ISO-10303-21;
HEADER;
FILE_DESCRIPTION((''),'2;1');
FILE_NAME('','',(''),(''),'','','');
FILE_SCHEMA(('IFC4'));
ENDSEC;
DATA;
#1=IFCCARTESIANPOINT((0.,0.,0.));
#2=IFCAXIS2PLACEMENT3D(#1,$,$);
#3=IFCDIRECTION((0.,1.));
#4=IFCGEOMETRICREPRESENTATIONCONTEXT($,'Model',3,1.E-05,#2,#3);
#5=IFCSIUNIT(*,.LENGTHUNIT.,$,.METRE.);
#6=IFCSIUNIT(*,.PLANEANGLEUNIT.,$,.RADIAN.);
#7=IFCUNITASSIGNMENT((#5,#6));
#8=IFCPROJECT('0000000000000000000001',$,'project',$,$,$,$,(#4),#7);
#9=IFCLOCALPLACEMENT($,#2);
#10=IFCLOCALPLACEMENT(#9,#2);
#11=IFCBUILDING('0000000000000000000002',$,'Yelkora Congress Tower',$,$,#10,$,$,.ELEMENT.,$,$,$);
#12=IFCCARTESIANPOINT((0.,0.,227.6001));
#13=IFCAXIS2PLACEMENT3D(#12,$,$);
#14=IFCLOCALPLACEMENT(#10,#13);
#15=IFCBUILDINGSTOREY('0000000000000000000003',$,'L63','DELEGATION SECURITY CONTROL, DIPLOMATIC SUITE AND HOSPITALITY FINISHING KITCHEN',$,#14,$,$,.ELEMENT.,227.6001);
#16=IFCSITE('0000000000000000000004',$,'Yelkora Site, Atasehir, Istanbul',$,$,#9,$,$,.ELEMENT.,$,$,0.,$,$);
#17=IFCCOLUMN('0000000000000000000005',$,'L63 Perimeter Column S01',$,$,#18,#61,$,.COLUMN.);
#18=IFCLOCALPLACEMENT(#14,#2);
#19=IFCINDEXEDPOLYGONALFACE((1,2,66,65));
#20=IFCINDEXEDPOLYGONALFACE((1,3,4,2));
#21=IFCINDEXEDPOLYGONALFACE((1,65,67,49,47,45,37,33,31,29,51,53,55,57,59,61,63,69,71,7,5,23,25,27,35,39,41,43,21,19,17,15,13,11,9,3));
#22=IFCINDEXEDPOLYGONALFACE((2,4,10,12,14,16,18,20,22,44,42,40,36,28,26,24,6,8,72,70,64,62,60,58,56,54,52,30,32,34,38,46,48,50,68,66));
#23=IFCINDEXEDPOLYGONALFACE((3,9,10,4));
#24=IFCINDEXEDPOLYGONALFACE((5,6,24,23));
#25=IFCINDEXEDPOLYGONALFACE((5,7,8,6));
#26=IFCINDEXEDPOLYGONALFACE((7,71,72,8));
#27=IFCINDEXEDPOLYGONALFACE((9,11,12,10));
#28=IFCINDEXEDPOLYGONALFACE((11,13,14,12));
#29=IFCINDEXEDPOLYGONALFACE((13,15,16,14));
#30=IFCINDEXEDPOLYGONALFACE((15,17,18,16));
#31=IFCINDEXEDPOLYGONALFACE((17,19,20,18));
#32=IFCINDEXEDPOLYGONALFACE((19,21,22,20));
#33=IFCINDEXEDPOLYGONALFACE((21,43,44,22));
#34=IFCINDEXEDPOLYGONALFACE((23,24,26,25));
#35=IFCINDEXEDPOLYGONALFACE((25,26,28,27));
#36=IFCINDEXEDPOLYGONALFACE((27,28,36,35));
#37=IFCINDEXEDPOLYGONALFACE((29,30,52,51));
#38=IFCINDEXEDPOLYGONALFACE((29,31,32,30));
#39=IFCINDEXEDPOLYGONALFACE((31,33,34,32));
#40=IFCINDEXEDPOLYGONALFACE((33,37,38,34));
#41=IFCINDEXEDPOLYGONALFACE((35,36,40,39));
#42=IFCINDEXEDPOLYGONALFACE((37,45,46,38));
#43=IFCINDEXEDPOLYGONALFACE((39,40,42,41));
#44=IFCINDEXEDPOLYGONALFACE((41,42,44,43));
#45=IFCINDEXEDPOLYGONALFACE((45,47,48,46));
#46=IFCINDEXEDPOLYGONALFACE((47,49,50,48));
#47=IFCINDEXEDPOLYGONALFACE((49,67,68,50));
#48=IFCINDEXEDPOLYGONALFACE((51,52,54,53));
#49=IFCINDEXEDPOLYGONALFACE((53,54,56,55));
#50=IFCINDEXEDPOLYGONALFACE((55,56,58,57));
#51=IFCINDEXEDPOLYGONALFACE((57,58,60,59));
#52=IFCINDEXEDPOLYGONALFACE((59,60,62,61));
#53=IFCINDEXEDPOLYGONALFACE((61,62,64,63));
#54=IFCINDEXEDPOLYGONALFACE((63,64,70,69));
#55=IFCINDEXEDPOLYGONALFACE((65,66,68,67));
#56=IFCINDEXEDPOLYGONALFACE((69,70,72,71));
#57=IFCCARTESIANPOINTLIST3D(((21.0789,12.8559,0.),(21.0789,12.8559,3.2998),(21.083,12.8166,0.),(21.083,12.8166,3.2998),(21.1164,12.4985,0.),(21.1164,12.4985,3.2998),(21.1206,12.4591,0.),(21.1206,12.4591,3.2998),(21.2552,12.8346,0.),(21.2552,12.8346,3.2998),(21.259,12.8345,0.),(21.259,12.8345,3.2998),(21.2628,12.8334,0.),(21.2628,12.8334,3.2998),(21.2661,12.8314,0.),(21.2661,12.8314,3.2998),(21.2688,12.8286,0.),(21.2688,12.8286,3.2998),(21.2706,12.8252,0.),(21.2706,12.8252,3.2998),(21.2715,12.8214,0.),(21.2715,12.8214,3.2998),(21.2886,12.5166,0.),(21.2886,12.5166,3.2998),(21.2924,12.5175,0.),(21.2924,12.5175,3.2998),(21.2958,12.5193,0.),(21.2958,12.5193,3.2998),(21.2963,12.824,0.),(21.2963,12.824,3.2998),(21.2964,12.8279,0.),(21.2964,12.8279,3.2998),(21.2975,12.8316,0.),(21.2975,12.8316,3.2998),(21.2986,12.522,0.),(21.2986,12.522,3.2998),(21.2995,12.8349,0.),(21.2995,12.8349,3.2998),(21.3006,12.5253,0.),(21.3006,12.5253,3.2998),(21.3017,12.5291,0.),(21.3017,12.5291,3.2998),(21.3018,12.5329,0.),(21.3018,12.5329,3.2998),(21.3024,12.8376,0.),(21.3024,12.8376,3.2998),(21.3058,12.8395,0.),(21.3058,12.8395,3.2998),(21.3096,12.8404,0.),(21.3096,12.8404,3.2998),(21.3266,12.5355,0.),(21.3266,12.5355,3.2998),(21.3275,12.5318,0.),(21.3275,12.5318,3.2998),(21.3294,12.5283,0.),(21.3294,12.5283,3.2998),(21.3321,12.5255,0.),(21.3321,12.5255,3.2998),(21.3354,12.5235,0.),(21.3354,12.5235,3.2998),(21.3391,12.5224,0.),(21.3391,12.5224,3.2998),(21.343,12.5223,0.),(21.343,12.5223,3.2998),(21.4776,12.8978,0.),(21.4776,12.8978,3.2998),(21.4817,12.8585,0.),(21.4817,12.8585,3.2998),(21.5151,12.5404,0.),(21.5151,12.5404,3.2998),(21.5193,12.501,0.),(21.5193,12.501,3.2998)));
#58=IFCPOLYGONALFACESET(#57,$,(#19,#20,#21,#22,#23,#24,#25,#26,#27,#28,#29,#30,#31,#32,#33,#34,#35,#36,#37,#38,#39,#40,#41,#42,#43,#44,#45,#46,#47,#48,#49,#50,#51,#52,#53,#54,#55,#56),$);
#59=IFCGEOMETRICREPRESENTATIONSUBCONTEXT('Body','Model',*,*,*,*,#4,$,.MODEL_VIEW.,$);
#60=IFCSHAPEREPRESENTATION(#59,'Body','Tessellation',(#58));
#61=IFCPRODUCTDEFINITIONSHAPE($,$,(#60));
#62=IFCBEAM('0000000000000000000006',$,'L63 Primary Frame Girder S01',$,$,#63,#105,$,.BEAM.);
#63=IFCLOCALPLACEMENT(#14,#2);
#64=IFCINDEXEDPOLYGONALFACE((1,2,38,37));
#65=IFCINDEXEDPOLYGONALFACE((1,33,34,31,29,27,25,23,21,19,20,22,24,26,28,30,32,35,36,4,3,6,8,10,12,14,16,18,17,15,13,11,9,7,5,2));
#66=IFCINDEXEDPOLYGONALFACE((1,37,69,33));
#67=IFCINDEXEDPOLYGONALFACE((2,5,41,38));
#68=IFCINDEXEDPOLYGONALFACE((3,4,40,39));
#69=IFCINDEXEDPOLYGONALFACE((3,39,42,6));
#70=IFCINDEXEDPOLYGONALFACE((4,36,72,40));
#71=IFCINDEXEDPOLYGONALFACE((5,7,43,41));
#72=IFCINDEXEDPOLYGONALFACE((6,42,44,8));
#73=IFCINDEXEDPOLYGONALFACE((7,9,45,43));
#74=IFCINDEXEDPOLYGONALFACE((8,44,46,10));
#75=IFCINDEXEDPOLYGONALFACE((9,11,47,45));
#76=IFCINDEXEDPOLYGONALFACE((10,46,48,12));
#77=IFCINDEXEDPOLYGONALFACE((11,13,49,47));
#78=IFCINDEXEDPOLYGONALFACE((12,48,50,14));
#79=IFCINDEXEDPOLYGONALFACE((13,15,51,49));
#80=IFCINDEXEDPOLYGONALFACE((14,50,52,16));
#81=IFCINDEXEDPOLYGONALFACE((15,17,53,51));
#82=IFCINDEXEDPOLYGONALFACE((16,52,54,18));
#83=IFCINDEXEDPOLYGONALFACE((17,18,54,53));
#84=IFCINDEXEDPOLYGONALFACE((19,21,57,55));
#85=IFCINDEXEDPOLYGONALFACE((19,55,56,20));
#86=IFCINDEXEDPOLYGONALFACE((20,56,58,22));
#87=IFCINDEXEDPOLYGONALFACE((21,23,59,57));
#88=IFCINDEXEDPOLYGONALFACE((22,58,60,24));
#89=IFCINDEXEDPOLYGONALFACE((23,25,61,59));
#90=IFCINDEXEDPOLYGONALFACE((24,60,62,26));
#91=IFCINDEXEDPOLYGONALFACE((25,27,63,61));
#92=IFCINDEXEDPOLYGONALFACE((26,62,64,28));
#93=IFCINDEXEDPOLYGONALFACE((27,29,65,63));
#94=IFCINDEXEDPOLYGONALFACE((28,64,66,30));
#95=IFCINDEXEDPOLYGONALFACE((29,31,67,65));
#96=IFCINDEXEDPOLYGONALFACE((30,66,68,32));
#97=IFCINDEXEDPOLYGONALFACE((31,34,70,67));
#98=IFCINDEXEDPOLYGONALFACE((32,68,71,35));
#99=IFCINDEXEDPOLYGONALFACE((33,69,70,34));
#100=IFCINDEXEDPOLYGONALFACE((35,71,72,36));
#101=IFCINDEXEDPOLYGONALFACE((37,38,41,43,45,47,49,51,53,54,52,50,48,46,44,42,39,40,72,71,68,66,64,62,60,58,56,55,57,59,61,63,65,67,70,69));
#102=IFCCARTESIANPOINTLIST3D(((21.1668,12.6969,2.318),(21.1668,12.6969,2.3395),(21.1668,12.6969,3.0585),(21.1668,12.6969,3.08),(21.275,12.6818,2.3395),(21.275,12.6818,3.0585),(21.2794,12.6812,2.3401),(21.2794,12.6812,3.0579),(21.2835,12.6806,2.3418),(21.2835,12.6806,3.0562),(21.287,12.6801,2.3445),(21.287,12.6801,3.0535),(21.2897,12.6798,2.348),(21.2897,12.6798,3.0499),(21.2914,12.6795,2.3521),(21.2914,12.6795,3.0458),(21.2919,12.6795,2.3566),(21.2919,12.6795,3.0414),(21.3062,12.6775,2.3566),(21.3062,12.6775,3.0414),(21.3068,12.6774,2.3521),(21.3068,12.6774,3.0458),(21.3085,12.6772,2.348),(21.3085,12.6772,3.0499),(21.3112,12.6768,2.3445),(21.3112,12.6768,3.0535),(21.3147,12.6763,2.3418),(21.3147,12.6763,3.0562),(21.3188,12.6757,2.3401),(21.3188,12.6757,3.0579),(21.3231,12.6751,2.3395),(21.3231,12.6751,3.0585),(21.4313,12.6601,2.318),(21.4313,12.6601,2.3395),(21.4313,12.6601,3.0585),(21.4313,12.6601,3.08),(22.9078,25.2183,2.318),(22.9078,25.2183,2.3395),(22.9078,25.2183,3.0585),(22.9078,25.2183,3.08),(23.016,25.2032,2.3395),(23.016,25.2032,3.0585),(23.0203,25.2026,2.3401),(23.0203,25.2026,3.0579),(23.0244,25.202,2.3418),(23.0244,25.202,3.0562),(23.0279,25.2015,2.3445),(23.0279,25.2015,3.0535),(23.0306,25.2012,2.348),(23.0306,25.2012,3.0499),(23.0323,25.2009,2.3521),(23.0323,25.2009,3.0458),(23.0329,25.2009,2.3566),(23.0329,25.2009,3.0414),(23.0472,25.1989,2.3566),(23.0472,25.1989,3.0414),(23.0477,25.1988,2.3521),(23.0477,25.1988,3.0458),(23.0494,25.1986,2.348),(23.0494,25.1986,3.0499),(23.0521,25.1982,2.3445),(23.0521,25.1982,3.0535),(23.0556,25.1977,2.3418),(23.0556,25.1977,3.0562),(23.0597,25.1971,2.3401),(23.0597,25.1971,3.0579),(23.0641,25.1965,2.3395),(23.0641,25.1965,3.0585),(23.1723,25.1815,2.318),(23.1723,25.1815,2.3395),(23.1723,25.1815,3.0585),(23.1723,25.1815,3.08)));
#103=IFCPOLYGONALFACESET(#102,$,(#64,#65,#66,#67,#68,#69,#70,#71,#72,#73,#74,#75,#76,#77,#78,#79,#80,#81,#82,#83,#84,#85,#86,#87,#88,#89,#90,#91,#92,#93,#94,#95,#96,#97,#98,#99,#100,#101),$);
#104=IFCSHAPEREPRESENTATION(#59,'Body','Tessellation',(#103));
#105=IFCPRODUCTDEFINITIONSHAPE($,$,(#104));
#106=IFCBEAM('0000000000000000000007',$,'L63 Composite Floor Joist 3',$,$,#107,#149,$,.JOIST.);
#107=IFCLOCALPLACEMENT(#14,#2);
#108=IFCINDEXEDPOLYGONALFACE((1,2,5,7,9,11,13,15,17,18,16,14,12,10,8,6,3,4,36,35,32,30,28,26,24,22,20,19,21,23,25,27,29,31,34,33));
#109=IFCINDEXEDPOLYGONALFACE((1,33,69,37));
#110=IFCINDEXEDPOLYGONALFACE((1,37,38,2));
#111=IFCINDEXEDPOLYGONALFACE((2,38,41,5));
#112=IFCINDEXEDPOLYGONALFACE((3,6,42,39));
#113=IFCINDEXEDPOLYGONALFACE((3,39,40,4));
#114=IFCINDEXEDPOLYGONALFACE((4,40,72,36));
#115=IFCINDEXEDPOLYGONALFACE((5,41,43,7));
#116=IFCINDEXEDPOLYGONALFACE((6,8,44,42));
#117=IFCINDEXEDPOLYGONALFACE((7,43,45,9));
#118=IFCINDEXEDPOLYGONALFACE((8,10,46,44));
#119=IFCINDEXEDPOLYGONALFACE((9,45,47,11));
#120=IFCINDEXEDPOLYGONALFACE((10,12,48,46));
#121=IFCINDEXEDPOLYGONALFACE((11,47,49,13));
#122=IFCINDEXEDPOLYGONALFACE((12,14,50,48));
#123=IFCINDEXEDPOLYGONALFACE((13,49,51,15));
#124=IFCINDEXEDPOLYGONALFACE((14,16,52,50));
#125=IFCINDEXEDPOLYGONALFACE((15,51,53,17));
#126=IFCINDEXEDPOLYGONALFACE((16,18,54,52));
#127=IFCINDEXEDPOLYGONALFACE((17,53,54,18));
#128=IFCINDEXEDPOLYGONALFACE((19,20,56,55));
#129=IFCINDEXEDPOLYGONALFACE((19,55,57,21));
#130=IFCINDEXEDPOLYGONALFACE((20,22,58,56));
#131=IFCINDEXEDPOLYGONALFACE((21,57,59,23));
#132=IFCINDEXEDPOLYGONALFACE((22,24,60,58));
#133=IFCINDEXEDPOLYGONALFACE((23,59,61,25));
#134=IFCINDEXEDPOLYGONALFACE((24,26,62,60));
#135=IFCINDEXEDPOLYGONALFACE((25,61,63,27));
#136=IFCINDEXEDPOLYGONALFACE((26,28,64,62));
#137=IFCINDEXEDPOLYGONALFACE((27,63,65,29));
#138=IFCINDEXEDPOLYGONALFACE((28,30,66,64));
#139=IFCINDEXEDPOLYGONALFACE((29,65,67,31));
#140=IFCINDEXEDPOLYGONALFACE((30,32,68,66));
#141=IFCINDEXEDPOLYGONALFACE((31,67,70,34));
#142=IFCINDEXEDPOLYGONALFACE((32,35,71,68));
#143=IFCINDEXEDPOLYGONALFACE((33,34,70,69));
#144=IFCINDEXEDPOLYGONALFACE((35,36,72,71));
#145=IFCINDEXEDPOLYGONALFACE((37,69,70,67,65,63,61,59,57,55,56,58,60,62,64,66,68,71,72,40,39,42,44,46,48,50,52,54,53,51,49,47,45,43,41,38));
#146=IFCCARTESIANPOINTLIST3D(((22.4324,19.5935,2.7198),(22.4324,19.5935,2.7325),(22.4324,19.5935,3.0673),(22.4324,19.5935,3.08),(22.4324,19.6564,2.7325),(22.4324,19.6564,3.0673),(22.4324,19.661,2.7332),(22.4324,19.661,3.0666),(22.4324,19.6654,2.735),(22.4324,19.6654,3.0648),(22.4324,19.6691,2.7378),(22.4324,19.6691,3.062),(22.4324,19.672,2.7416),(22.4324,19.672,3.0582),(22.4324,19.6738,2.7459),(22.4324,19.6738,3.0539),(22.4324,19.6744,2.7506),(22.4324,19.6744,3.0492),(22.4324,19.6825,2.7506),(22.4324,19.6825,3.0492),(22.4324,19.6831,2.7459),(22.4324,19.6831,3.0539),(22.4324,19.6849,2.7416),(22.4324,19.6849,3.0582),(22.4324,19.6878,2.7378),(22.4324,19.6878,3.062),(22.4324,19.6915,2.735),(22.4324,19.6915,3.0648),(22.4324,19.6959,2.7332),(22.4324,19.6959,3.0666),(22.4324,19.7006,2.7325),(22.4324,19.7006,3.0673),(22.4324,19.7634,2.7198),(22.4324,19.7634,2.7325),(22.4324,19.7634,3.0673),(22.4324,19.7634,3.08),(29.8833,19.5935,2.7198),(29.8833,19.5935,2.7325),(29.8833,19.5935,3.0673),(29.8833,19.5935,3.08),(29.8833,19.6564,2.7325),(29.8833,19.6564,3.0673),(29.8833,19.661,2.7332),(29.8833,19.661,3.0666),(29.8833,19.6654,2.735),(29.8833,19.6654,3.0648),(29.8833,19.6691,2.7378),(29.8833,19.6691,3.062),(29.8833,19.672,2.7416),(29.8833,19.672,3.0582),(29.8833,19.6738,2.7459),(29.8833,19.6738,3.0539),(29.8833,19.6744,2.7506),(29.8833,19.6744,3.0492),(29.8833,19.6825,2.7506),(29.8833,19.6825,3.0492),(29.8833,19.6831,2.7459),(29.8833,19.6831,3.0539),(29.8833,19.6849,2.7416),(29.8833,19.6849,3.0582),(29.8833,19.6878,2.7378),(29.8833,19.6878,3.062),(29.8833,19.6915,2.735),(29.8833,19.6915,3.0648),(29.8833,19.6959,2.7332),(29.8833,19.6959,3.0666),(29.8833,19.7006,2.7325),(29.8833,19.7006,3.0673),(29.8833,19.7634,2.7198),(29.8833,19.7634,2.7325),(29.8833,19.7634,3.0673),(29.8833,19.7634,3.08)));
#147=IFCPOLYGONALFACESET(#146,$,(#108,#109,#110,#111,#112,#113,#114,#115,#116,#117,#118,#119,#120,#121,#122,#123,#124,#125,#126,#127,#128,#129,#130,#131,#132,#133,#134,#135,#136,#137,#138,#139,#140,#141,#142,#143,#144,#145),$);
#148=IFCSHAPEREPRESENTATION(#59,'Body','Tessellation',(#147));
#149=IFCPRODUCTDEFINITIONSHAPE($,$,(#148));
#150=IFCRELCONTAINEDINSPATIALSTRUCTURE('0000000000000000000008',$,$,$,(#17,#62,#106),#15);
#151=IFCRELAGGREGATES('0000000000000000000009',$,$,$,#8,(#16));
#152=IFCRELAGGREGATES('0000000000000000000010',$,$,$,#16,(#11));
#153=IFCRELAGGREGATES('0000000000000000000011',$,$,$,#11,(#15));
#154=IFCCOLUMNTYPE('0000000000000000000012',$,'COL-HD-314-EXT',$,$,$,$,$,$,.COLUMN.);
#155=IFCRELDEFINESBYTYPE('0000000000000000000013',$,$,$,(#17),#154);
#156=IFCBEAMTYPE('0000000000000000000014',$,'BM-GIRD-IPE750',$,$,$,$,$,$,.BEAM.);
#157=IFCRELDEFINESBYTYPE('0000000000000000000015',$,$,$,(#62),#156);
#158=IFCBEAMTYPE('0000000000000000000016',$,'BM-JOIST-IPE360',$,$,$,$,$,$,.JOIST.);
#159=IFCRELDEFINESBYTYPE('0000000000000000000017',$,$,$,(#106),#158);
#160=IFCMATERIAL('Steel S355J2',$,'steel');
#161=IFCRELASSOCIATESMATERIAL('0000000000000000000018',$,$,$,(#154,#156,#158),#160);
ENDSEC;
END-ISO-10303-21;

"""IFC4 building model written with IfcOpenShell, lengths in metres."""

from ifc_helpers import new_model, si_unit, direction, frame, origin, origin_2d, place, context, subcontext, project, spatial, i_section, extrude, material, material_profile, profile_set, type_object, element, save


model = new_model("IFC4")

# Units and contexts
model_context = context("Model", 3, precision=1e-05, world=origin(), true_north=direction((0.0, 1.0)))
body_context = subcontext(model_context, "Body", "Model", "MODEL_VIEW")
ifc_project = project(units=[si_unit("LENGTHUNIT", "METRE"), si_unit("PLANEANGLEUNIT", "RADIAN")], contexts=[model_context])

# Site, building, storey
site_placement = place(None, origin())
site = spatial("IfcSite", under=ifc_project, at=site_placement, Name="Yelkora Site, Atasehir, Istanbul", CompositionType="ELEMENT", RefElevation=0.0)
building_placement = place(site_placement, origin())
building = spatial("IfcBuilding", under=site, at=building_placement, Name="Yelkora Congress Tower", CompositionType="ELEMENT")
storey_placement = place(building_placement, frame((0.0, 0.0, 227.6001)))
storey = spatial("IfcBuildingStorey", under=building, at=storey_placement, Name="L63", Description="DELEGATION SECURITY CONTROL, DIPLOMATIC SUITE AND HOSPITALITY FINISHING KITCHEN", CompositionType="ELEMENT", Elevation=227.6001)

# Column
ifc_material_1 = material(Name="Steel S355J2", Category="steel")
ifc_material_profile_1 = material_profile(ifc_material_1, i_section(OverallWidth=0.4009, OverallDepth=0.3989, WebThickness=0.0249, FlangeThickness=0.0396, FilletRadius=0.0149, at=origin_2d()), Name="HD 400x314")
ifc_profile_set_1 = profile_set([ifc_material_profile_1], Name="Steel S355J2")
column_type = type_object("IfcColumnType", Name="COL-HD-314-EXT", PredefinedType="COLUMN", material=ifc_profile_set_1)
column_placement = place(storey_placement, frame((21.2991, 12.6785, 0.0), z_axis=(0.0, 0.0, 1.0), x_axis=(0.994522, 0.104528, 0.0)))
element("IfcColumn", 1, at=column_placement, inside=storey, type_object=column_type, Name="L63 Perimeter Column S01", PredefinedType="COLUMN", context=body_context, shape_type="SweptSolid", body=[
    extrude(i_section(OverallWidth=0.4009, OverallDepth=0.3989, WebThickness=0.0249, FlangeThickness=0.0396, FilletRadius=0.0149, at=origin_2d()), origin(), (0.0, 0.0, 1.0), 3.2998),
])

# Beams
ifc_material_profile_2 = material_profile(ifc_material_1, i_section(OverallWidth=0.2671, OverallDepth=0.762, WebThickness=0.0144, FlangeThickness=0.0215, FilletRadius=0.0171, at=origin_2d()), Name="IPE 750x173")
ifc_profile_set_2 = profile_set([ifc_material_profile_2], Name="Steel S355J2")
beam_type_1 = type_object("IfcBeamType", Name="BM-GIRD-IPE750", PredefinedType="BEAM", material=ifc_profile_set_2)
beam_1_placement = place(storey_placement, frame((21.2991, 12.6785, 2.699), z_axis=(0.137714, 0.990472, 0.0), x_axis=(-0.990472, 0.137714, 0.0)))
element("IfcBeam", 2, at=beam_1_placement, inside=storey, type_object=beam_type_1, Name="L63 Primary Frame Girder S01", PredefinedType="BEAM", context=body_context, shape_type="SweptSolid", body=[
    extrude(i_section(OverallWidth=0.2671, OverallDepth=0.762, WebThickness=0.0144, FlangeThickness=0.0215, FilletRadius=0.0171, at=origin_2d()), origin(), (0.0, 0.0, 1.0), 12.6418),
])
ifc_material_profile_3 = material_profile(ifc_material_1, i_section(OverallWidth=0.1699, OverallDepth=0.3601, WebThickness=0.0081, FlangeThickness=0.0127, FilletRadius=0.0181, at=origin_2d()), Name="IPE 360")
ifc_profile_set_3 = profile_set([ifc_material_profile_3], Name="Steel S355J2")
beam_type_2 = type_object("IfcBeamType", Name="BM-JOIST-IPE360", PredefinedType="JOIST", material=ifc_profile_set_3)
beam_2_placement = place(storey_placement, frame((22.4324, 19.6785, 2.8999), z_axis=(1.0, 0.0, 0.0), x_axis=(0.0, 1.0, 0.0)))
element("IfcBeam", 3, at=beam_2_placement, inside=storey, type_object=beam_type_2, Name="L63 Composite Floor Joist 3", PredefinedType="JOIST", context=body_context, shape_type="SweptSolid", body=[
    extrude(i_section(OverallWidth=0.1699, OverallDepth=0.3601, WebThickness=0.0081, FlangeThickness=0.0127, FilletRadius=0.0181, at=origin_2d()), origin(), (0.0, 0.0, 1.0), 7.4509),
])

save(model, "model.ifc")
